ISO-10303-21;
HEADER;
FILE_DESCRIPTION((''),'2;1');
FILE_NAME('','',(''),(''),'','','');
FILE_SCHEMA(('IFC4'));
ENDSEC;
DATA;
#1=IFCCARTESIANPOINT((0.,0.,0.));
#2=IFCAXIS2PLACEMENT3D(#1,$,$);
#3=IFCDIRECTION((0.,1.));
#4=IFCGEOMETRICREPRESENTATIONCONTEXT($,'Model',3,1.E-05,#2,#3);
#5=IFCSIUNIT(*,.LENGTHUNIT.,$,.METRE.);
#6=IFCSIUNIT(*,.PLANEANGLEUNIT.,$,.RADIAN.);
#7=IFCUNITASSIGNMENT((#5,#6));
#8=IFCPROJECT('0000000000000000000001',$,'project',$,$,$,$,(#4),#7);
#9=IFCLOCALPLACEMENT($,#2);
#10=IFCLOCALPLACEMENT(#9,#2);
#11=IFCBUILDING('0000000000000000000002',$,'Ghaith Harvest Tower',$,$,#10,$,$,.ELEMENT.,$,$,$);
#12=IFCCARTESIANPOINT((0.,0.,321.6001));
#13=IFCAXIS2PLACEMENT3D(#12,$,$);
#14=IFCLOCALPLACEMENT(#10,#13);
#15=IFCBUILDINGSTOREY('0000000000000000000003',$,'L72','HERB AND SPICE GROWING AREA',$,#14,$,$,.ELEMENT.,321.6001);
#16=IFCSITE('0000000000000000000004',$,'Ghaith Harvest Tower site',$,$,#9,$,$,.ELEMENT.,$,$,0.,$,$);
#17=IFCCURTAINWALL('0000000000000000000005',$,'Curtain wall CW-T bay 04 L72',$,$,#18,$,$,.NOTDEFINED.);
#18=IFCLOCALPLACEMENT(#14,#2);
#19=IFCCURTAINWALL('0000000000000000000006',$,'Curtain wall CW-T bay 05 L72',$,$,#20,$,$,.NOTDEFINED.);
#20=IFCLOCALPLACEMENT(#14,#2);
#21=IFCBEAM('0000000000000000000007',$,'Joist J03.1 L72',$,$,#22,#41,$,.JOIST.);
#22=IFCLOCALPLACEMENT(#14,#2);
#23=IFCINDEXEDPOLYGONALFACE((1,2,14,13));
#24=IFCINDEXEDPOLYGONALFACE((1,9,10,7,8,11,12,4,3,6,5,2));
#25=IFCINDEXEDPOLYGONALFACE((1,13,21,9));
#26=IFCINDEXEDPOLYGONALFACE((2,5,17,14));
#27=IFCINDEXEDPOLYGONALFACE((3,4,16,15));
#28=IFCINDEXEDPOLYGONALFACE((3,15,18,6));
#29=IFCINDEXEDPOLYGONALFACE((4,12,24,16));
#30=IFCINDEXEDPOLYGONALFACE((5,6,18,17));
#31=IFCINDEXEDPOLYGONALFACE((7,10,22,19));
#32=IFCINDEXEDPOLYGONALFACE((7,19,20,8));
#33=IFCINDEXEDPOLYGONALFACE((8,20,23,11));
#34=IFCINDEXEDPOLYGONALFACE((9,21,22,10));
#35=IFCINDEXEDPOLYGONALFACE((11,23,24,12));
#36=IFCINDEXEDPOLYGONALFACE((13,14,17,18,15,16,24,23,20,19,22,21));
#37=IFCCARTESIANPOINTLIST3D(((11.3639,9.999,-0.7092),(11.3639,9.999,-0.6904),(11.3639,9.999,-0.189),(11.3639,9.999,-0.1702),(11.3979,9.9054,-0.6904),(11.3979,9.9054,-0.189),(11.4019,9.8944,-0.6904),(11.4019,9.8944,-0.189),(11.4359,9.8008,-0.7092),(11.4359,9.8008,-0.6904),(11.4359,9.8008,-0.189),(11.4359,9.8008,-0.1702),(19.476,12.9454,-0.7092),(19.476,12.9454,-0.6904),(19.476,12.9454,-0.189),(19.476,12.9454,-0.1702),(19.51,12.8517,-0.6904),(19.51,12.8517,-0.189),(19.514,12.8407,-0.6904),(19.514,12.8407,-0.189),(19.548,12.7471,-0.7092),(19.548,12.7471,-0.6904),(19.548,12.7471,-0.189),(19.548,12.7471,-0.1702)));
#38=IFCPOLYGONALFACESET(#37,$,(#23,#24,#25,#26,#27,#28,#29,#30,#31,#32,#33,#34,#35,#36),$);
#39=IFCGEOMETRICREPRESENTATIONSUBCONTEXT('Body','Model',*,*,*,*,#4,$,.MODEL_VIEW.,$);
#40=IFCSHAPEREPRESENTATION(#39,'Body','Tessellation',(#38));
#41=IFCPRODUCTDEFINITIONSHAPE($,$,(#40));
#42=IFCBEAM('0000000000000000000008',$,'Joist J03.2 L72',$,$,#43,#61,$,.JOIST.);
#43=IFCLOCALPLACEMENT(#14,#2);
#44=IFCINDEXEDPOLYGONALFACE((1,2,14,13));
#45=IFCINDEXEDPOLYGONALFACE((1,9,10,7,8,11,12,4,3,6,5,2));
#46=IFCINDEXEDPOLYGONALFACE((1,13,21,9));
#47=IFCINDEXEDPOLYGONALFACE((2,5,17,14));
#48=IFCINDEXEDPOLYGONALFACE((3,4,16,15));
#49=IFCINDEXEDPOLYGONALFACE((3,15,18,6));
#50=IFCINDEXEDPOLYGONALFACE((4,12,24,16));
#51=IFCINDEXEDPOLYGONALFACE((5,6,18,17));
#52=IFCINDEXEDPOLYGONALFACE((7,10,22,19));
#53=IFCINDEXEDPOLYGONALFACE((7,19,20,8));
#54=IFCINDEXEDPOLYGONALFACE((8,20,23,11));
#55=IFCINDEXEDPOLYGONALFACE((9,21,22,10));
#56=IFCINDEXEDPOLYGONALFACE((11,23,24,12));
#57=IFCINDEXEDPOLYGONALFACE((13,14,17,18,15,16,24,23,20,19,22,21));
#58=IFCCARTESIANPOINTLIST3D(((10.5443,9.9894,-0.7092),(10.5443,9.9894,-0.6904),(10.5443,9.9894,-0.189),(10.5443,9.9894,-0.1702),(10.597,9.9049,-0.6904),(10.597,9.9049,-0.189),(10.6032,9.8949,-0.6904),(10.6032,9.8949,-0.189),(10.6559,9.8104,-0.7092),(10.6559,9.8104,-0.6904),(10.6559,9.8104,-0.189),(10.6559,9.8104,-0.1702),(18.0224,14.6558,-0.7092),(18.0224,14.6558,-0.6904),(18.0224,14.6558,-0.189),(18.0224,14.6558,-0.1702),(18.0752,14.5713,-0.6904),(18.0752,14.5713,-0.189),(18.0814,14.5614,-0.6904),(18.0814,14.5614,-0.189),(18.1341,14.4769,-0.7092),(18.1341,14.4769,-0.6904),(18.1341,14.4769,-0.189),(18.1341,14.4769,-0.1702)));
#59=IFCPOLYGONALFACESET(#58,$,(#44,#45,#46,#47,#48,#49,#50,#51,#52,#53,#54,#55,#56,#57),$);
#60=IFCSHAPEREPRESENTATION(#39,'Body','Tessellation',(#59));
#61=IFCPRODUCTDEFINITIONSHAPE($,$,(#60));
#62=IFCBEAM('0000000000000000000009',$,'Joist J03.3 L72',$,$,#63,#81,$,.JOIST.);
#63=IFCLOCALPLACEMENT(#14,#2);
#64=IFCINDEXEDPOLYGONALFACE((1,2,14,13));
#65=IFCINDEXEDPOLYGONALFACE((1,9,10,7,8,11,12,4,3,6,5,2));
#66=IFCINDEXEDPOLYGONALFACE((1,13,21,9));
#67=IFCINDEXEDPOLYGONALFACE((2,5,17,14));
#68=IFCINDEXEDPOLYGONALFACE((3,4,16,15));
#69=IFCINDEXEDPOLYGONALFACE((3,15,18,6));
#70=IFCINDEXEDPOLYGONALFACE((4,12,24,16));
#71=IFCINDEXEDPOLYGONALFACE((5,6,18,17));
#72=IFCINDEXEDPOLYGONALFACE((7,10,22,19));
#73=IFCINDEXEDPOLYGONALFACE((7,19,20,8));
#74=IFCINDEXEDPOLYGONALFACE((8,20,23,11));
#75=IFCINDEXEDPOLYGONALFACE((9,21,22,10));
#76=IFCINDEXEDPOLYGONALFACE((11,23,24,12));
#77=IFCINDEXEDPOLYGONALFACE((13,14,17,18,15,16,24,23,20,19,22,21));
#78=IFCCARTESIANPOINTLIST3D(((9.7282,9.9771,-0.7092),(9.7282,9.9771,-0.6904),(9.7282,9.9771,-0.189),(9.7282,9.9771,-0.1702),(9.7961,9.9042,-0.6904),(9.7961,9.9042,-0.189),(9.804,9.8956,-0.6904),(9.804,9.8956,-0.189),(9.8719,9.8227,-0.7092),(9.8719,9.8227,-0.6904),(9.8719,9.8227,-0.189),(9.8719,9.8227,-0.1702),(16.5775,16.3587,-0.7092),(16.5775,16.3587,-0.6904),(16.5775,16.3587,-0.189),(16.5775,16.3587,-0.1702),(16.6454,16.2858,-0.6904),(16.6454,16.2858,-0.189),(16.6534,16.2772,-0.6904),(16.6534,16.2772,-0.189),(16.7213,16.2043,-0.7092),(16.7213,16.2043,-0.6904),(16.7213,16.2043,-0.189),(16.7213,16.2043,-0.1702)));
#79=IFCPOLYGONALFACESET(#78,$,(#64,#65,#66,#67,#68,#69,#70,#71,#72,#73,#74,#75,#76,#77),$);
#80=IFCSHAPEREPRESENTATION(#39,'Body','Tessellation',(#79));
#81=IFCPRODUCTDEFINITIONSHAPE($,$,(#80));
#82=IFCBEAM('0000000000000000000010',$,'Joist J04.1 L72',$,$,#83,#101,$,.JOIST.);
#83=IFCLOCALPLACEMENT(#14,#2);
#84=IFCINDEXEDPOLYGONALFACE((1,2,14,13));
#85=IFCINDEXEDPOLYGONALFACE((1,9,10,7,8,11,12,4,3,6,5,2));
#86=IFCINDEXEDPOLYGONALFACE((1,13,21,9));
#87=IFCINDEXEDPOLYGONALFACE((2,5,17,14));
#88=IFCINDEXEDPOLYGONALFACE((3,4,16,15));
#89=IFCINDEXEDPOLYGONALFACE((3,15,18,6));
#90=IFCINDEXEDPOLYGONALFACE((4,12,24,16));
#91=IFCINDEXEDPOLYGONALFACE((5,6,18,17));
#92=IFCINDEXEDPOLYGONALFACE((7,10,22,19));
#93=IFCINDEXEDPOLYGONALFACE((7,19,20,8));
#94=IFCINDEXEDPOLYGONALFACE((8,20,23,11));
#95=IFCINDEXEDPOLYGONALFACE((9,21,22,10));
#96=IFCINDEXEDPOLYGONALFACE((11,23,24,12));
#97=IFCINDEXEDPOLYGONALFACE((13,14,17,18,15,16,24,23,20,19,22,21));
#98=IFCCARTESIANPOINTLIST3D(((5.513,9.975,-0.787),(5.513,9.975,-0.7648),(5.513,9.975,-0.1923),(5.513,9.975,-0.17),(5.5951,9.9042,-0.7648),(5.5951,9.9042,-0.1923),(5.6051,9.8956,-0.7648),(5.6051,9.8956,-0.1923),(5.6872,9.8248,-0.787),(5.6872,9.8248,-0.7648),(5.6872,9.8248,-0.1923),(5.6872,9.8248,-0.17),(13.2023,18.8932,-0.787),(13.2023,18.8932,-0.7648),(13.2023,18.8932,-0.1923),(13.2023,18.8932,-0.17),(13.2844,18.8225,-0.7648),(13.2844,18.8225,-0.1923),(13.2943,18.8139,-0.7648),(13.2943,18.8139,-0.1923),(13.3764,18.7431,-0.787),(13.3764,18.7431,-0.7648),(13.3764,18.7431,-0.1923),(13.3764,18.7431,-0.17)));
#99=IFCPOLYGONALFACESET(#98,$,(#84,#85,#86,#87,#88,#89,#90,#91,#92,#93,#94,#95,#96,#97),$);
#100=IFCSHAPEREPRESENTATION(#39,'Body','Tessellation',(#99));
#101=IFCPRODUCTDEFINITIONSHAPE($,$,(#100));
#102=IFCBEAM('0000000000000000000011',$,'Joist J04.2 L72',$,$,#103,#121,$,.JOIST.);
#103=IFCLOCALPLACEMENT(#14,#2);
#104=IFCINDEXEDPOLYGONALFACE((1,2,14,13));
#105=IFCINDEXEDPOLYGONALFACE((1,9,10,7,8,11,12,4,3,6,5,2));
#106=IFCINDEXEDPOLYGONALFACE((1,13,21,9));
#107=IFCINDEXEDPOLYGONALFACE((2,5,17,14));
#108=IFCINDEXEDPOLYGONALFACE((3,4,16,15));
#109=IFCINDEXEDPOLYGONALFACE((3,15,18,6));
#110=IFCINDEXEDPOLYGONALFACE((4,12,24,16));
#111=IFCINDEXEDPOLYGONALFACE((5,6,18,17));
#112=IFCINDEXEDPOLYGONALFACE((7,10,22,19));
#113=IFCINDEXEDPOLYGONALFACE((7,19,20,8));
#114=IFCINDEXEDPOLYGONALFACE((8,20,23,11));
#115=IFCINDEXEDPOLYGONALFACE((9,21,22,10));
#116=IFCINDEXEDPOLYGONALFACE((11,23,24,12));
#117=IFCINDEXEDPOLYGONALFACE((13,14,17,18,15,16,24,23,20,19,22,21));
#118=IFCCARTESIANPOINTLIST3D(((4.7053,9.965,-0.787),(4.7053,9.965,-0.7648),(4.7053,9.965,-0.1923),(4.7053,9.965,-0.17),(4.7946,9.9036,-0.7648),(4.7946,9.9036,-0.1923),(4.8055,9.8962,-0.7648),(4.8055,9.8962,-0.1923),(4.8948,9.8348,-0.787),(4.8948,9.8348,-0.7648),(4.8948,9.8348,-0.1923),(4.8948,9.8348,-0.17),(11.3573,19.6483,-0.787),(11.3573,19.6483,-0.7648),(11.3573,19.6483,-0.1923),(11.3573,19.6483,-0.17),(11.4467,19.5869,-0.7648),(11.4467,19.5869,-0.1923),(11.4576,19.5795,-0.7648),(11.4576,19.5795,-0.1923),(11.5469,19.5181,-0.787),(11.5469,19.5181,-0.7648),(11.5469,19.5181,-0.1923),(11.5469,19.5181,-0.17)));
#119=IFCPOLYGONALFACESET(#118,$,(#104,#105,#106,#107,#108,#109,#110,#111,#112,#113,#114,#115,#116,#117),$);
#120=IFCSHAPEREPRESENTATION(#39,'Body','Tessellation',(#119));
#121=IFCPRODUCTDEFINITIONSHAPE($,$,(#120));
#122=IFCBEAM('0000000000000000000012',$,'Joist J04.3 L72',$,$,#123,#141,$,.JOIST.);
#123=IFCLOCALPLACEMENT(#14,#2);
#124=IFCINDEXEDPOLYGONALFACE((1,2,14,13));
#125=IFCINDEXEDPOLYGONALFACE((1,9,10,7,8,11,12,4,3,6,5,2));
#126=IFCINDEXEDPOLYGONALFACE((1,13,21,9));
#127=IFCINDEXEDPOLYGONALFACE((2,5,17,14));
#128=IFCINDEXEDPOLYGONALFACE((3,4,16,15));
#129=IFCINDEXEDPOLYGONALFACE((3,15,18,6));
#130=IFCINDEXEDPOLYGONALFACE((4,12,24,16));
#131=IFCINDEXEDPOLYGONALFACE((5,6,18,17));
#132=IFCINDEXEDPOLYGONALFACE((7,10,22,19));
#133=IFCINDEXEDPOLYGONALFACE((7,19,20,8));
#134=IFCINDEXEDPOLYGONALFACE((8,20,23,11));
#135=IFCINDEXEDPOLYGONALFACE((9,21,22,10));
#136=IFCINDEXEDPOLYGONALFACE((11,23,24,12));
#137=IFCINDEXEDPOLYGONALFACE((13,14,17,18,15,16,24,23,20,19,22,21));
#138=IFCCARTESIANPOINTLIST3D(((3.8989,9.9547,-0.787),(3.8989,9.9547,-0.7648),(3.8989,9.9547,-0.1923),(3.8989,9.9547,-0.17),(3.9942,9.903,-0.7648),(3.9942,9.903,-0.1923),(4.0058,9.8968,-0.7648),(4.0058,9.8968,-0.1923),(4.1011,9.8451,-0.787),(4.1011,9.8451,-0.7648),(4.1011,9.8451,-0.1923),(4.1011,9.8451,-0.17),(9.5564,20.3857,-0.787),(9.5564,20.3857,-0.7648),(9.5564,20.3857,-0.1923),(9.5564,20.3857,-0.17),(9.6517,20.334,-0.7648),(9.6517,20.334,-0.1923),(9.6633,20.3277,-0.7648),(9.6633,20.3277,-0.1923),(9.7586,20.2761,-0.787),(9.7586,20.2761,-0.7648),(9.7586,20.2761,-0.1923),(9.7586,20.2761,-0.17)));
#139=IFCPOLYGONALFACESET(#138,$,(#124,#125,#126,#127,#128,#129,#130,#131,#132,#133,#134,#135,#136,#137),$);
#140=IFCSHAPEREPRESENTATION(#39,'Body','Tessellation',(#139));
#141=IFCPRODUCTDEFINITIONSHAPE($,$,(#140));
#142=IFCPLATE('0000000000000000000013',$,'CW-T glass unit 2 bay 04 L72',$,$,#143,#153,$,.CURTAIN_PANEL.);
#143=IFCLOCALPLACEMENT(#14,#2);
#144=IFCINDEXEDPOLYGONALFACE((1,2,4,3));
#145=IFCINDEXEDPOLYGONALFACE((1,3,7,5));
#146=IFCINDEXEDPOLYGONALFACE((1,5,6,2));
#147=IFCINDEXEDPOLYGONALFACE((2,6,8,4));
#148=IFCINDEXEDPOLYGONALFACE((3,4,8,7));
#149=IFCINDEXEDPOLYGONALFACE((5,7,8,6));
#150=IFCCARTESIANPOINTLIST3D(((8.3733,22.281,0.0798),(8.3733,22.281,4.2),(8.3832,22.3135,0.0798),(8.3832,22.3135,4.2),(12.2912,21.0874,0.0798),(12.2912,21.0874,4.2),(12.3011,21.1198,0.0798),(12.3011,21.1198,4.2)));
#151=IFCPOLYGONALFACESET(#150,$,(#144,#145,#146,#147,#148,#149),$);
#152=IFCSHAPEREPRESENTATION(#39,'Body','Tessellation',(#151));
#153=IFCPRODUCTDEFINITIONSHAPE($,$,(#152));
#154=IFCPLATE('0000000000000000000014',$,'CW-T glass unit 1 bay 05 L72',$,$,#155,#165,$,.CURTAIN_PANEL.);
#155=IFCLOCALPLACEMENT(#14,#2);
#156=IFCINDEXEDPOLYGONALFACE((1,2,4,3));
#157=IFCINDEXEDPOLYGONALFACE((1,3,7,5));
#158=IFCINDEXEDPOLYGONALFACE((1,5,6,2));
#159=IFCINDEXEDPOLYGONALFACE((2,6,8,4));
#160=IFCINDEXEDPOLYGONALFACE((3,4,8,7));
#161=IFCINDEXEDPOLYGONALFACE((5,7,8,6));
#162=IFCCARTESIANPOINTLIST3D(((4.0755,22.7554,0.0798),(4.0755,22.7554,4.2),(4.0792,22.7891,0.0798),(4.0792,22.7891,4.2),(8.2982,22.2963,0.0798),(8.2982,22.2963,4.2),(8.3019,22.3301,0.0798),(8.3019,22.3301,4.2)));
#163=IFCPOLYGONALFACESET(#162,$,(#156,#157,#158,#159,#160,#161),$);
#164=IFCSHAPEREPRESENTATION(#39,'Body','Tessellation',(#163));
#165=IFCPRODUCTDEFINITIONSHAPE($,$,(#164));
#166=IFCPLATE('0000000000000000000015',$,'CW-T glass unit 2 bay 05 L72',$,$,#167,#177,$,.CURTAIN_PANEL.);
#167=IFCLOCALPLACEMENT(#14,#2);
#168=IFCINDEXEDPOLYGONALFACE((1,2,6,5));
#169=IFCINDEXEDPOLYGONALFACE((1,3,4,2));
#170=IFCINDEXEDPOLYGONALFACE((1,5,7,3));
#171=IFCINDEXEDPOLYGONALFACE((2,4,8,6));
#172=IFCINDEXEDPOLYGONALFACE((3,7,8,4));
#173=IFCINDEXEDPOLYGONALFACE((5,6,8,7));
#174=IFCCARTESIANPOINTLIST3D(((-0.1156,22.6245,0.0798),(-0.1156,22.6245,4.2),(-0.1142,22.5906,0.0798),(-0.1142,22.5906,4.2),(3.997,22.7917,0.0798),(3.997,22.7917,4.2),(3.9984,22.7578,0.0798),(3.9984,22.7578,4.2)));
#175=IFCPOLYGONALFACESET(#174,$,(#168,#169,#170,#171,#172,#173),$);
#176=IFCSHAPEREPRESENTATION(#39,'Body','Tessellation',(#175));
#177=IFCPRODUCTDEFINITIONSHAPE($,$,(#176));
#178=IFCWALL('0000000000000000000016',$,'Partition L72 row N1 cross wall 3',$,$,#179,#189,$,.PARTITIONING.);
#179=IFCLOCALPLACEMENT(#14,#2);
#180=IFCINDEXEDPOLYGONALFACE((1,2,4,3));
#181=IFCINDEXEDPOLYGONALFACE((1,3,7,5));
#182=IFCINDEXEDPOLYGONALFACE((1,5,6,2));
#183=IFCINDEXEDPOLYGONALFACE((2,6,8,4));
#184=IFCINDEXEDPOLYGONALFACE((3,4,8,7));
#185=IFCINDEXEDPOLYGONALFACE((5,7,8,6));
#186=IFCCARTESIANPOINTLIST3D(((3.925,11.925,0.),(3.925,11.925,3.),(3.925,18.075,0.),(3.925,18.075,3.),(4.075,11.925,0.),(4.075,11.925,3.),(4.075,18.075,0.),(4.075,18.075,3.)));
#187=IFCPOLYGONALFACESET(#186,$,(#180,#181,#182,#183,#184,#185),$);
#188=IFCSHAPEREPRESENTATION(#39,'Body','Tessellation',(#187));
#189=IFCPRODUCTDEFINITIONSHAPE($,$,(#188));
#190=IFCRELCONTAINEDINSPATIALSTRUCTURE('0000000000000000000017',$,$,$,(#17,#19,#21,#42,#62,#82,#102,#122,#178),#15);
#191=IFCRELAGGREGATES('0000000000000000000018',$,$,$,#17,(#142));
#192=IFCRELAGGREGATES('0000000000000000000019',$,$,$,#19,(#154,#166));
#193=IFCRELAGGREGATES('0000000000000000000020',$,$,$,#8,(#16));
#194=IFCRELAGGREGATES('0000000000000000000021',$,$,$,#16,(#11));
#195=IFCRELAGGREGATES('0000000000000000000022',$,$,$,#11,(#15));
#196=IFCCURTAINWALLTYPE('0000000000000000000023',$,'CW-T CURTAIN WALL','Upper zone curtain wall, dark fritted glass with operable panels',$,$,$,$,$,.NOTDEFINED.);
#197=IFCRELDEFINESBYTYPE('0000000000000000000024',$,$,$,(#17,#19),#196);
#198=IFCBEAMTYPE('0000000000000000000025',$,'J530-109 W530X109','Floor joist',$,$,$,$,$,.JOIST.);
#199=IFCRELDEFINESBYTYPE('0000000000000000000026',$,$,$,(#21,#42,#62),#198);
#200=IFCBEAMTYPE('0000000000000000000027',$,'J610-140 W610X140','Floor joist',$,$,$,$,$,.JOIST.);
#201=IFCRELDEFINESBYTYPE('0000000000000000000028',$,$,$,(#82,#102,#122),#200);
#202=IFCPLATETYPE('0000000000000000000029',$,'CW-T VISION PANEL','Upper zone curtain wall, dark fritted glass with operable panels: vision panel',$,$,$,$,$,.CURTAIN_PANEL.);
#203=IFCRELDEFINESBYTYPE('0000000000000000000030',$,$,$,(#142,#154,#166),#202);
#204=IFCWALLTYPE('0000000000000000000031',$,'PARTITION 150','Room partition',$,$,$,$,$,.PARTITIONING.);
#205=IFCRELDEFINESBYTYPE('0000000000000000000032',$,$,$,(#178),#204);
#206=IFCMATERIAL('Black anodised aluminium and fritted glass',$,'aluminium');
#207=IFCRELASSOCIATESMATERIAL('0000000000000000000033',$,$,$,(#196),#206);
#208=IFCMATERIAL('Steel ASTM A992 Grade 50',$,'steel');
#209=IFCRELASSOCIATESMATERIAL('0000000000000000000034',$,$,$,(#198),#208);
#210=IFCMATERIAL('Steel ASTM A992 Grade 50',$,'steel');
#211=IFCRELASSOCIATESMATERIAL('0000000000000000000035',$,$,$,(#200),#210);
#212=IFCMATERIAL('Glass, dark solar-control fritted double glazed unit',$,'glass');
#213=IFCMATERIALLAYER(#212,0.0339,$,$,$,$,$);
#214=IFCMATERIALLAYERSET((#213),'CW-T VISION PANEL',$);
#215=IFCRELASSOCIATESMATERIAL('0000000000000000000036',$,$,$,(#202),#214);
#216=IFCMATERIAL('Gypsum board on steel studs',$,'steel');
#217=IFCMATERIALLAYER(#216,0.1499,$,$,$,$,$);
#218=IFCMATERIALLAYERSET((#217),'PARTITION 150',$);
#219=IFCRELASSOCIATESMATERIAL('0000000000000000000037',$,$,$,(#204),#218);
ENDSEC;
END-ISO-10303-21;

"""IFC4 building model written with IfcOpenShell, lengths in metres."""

from ifc_helpers import new_model, si_unit, direction, frame, frame_2d, origin, origin_2d, place, context, subcontext, project, spatial, rectangle, i_section, extrude, material, layer, layer_set, material_profile, profile_set, type_object, element, aggregate, save


model = new_model("IFC4")

# Units and contexts
model_context = context("Model", 3, precision=1e-05, world=origin(), true_north=direction((0.0, 1.0)))
body_context = subcontext(model_context, "Body", "Model", "MODEL_VIEW")
ifc_project = project(units=[si_unit("LENGTHUNIT", "METRE"), si_unit("PLANEANGLEUNIT", "RADIAN")], contexts=[model_context])

# Site, building, storey
site_placement = place(None, origin())
site = spatial("IfcSite", under=ifc_project, at=site_placement, Name="Ghaith Harvest Tower site", CompositionType="ELEMENT", RefElevation=0.0)
building_placement = place(site_placement, origin())
building = spatial("IfcBuilding", under=site, at=building_placement, Name="Ghaith Harvest Tower", CompositionType="ELEMENT")
storey_placement = place(building_placement, frame((0.0, 0.0, 321.6001)))
storey = spatial("IfcBuildingStorey", under=building, at=storey_placement, Name="L72", Description="HERB AND SPICE GROWING AREA", CompositionType="ELEMENT", Elevation=321.6001)

# Curtain wall
ifc_material_1 = material(Name="Black anodised aluminium and fritted glass", Category="aluminium")
curtain_wall_type = type_object("IfcCurtainWallType", Name="CW-T CURTAIN WALL", Description="Upper zone curtain wall, dark fritted glass with operable panels", PredefinedType="NOTDEFINED", material=ifc_material_1)
curtain_wall_1_placement = place(storey_placement, origin())
curtain_wall_1 = element("IfcCurtainWall", 1, at=curtain_wall_1_placement, inside=storey, type_object=curtain_wall_type, Name="Curtain wall CW-T bay 04 L72", PredefinedType="NOTDEFINED")

# Curtain wall
curtain_wall_2_placement = place(storey_placement, origin())
curtain_wall_2 = element("IfcCurtainWall", 2, at=curtain_wall_2_placement, inside=storey, type_object=curtain_wall_type, Name="Curtain wall CW-T bay 05 L72", PredefinedType="NOTDEFINED")

# Beams
ifc_material_2 = material(Name="Steel ASTM A992 Grade 50", Category="steel")
ifc_material_profile_1 = material_profile(ifc_material_2, i_section(OverallWidth=0.2109, OverallDepth=0.5391, WebThickness=0.0117, FlangeThickness=0.0188, at=origin_2d()), Name="W530X109")
ifc_profile_set_1 = profile_set([ifc_material_profile_1], Name="Steel ASTM A992 Grade 50")
beam_type_1 = type_object("IfcBeamType", Name="J530-109 W530X109", Description="Floor joist", PredefinedType="JOIST", material=ifc_profile_set_1)
beam_1_placement = place(storey_placement, frame((11.3999, 9.8999, -0.4397), z_axis=(0.939926, 0.34138, 0.0), x_axis=(-0.34138, 0.939926, 0.0)))
element("IfcBeam", 3, at=beam_1_placement, inside=storey, type_object=beam_type_1, Name="Joist J03.1 L72", PredefinedType="JOIST", context=body_context, shape_type="SweptSolid", body=[
    extrude(i_section(OverallWidth=0.2109, OverallDepth=0.5391, WebThickness=0.0117, FlangeThickness=0.0188, at=origin_2d()), origin(), (0.0, 0.0, 1.0), 8.6306),
])
beam_2_placement = place(storey_placement, frame((10.6001, 9.8999, -0.4397), z_axis=(0.848376, 0.529394, 0.0), x_axis=(-0.529394, 0.848376, 0.0)))
element("IfcBeam", 4, at=beam_2_placement, inside=storey, type_object=beam_type_1, Name="Joist J03.2 L72", PredefinedType="JOIST", context=body_context, shape_type="SweptSolid", body=[
    extrude(i_section(OverallWidth=0.2109, OverallDepth=0.5391, WebThickness=0.0117, FlangeThickness=0.0188, at=origin_2d()), origin(), (0.0, 0.0, 1.0), 8.8147),
])
beam_3_placement = place(storey_placement, frame((9.8, 9.8999, -0.4397), z_axis=(0.731649, 0.681682, 0.0), x_axis=(-0.681682, 0.731649, 0.0)))
element("IfcBeam", 5, at=beam_3_placement, inside=storey, type_object=beam_type_1, Name="Joist J03.3 L72", PredefinedType="JOIST", context=body_context, shape_type="SweptSolid", body=[
    extrude(i_section(OverallWidth=0.2109, OverallDepth=0.5391, WebThickness=0.0117, FlangeThickness=0.0188, at=origin_2d()), origin(), (0.0, 0.0, 1.0), 9.3616),
])
ifc_material_3 = material(Name="Steel ASTM A992 Grade 50", Category="steel")
ifc_material_profile_2 = material_profile(ifc_material_3, i_section(OverallWidth=0.23, OverallDepth=0.6169, WebThickness=0.0132, FlangeThickness=0.0222, at=origin_2d()), Name="W610X140")
ifc_profile_set_2 = profile_set([ifc_material_profile_2], Name="Steel ASTM A992 Grade 50")
beam_type_2 = type_object("IfcBeamType", Name="J610-140 W610X140", Description="Floor joist", PredefinedType="JOIST", material=ifc_profile_set_2)
beam_4_placement = place(storey_placement, frame((5.6001, 9.8999, -0.4785), z_axis=(0.652993, 0.757364, 0.0), x_axis=(-0.757364, 0.652993, 0.0)))
element("IfcBeam", 6, at=beam_4_placement, inside=storey, type_object=beam_type_2, Name="Joist J04.1 L72", PredefinedType="JOIST", context=body_context, shape_type="SweptSolid", body=[
    extrude(i_section(OverallWidth=0.23, OverallDepth=0.6169, WebThickness=0.0132, FlangeThickness=0.0222, at=origin_2d()), origin(), (0.0, 0.0, 1.0), 11.7754),
])
beam_5_placement = place(storey_placement, frame((4.8, 9.8999, -0.4785), z_axis=(0.566228, 0.824249, 0.0), x_axis=(-0.824249, 0.566228, 0.0)))
element("IfcBeam", 7, at=beam_5_placement, inside=storey, type_object=beam_type_2, Name="Joist J04.2 L72", PredefinedType="JOIST", context=body_context, shape_type="SweptSolid", body=[
    extrude(i_section(OverallWidth=0.23, OverallDepth=0.6169, WebThickness=0.0132, FlangeThickness=0.0222, at=origin_2d()), origin(), (0.0, 0.0, 1.0), 11.748),
])
beam_6_placement = place(storey_placement, frame((4.0, 9.8999, -0.4785), z_axis=(0.476765, 0.879031, 0.0), x_axis=(-0.879031, 0.476765, 0.0)))
element("IfcBeam", 8, at=beam_6_placement, inside=storey, type_object=beam_type_2, Name="Joist J04.3 L72", PredefinedType="JOIST", context=body_context, shape_type="SweptSolid", body=[
    extrude(i_section(OverallWidth=0.23, OverallDepth=0.6169, WebThickness=0.0132, FlangeThickness=0.0222, at=origin_2d()), origin(), (0.0, 0.0, 1.0), 11.8665),
])

# Plates
ifc_material_4 = material(Name="Glass, dark solar-control fritted double glazed unit", Category="glass")
ifc_layer_1 = layer(ifc_material_4, 0.0339)
ifc_layer_set_1 = layer_set([ifc_layer_1], Name="CW-T VISION PANEL")
plate_type = type_object("IfcPlateType", Name="CW-T VISION PANEL", Description="Upper zone curtain wall, dark fritted glass with operable panels: vision panel", PredefinedType="CURTAIN_PANEL", material=ifc_layer_set_1)
plate_1_placement = place(storey_placement, frame((10.3372, 21.7004, 0.0798), z_axis=(0.0, 0.0, 1.0), x_axis=(-0.956588, 0.291445, 0.0)))
plate_1 = element("IfcPlate", 9, at=plate_1_placement, type_object=plate_type, Name="CW-T glass unit 2 bay 04 L72", PredefinedType="CURTAIN_PANEL", context=body_context, shape_type="SweptSolid", body=[
    extrude(rectangle(XDim=4.0957, YDim=0.0339, at=origin_2d()), origin(), (0.0, 0.0, 1.0), 4.1201),
])
aggregate(curtain_wall_1, [plate_1])
plate_2_placement = place(storey_placement, frame((6.1887, 22.5427, 0.0798), z_axis=(0.0, 0.0, 1.0), x_axis=(-0.994143, 0.108074, 0.0)))
plate_2 = element("IfcPlate", 10, at=plate_2_placement, type_object=plate_type, Name="CW-T glass unit 1 bay 05 L72", PredefinedType="CURTAIN_PANEL", context=body_context, shape_type="SweptSolid", body=[
    extrude(rectangle(XDim=4.2476, YDim=0.0339, at=origin_2d()), origin(), (0.0, 0.0, 1.0), 4.1201),
])
plate_3_placement = place(storey_placement, frame((1.9414, 22.6912, 0.0798), z_axis=(0.0, 0.0, 1.0), x_axis=(-0.999174, -0.040638, 0.0)))
plate_3 = element("IfcPlate", 11, at=plate_3_placement, type_object=plate_type, Name="CW-T glass unit 2 bay 05 L72", PredefinedType="CURTAIN_PANEL", context=body_context, shape_type="SweptSolid", body=[
    extrude(rectangle(XDim=4.116, YDim=0.0339, at=origin_2d()), origin(), (0.0, 0.0, 1.0), 4.1201),
])
aggregate(curtain_wall_2, [plate_2, plate_3])

# Wall
ifc_material_5 = material(Name="Gypsum board on steel studs", Category="steel")
ifc_layer_2 = layer(ifc_material_5, 0.1499)
ifc_layer_set_2 = layer_set([ifc_layer_2], Name="PARTITION 150")
wall_type = type_object("IfcWallType", Name="PARTITION 150", Description="Room partition", PredefinedType="PARTITIONING", material=ifc_layer_set_2)
for number, where, z_axis, x_axis, name in (
    (12, (4.0, 11.925, 0.0), (0.0, 0.0, 1.0), (0.0, 1.0, 0.0), "Partition L72 row N1 cross wall 3"),
):
    element("IfcWall", number, at=place(storey_placement, frame(where, z_axis=z_axis, x_axis=x_axis)), inside=storey, type_object=wall_type, Name=name, PredefinedType="PARTITIONING", context=body_context, shape_type="SweptSolid", body=[
        extrude(rectangle(XDim=6.1499, YDim=0.1499, at=frame_2d((3.075, 0.0))), origin(), (0.0, 0.0, 1.0), 3.0),
    ])

save(model, "model.ifc")
